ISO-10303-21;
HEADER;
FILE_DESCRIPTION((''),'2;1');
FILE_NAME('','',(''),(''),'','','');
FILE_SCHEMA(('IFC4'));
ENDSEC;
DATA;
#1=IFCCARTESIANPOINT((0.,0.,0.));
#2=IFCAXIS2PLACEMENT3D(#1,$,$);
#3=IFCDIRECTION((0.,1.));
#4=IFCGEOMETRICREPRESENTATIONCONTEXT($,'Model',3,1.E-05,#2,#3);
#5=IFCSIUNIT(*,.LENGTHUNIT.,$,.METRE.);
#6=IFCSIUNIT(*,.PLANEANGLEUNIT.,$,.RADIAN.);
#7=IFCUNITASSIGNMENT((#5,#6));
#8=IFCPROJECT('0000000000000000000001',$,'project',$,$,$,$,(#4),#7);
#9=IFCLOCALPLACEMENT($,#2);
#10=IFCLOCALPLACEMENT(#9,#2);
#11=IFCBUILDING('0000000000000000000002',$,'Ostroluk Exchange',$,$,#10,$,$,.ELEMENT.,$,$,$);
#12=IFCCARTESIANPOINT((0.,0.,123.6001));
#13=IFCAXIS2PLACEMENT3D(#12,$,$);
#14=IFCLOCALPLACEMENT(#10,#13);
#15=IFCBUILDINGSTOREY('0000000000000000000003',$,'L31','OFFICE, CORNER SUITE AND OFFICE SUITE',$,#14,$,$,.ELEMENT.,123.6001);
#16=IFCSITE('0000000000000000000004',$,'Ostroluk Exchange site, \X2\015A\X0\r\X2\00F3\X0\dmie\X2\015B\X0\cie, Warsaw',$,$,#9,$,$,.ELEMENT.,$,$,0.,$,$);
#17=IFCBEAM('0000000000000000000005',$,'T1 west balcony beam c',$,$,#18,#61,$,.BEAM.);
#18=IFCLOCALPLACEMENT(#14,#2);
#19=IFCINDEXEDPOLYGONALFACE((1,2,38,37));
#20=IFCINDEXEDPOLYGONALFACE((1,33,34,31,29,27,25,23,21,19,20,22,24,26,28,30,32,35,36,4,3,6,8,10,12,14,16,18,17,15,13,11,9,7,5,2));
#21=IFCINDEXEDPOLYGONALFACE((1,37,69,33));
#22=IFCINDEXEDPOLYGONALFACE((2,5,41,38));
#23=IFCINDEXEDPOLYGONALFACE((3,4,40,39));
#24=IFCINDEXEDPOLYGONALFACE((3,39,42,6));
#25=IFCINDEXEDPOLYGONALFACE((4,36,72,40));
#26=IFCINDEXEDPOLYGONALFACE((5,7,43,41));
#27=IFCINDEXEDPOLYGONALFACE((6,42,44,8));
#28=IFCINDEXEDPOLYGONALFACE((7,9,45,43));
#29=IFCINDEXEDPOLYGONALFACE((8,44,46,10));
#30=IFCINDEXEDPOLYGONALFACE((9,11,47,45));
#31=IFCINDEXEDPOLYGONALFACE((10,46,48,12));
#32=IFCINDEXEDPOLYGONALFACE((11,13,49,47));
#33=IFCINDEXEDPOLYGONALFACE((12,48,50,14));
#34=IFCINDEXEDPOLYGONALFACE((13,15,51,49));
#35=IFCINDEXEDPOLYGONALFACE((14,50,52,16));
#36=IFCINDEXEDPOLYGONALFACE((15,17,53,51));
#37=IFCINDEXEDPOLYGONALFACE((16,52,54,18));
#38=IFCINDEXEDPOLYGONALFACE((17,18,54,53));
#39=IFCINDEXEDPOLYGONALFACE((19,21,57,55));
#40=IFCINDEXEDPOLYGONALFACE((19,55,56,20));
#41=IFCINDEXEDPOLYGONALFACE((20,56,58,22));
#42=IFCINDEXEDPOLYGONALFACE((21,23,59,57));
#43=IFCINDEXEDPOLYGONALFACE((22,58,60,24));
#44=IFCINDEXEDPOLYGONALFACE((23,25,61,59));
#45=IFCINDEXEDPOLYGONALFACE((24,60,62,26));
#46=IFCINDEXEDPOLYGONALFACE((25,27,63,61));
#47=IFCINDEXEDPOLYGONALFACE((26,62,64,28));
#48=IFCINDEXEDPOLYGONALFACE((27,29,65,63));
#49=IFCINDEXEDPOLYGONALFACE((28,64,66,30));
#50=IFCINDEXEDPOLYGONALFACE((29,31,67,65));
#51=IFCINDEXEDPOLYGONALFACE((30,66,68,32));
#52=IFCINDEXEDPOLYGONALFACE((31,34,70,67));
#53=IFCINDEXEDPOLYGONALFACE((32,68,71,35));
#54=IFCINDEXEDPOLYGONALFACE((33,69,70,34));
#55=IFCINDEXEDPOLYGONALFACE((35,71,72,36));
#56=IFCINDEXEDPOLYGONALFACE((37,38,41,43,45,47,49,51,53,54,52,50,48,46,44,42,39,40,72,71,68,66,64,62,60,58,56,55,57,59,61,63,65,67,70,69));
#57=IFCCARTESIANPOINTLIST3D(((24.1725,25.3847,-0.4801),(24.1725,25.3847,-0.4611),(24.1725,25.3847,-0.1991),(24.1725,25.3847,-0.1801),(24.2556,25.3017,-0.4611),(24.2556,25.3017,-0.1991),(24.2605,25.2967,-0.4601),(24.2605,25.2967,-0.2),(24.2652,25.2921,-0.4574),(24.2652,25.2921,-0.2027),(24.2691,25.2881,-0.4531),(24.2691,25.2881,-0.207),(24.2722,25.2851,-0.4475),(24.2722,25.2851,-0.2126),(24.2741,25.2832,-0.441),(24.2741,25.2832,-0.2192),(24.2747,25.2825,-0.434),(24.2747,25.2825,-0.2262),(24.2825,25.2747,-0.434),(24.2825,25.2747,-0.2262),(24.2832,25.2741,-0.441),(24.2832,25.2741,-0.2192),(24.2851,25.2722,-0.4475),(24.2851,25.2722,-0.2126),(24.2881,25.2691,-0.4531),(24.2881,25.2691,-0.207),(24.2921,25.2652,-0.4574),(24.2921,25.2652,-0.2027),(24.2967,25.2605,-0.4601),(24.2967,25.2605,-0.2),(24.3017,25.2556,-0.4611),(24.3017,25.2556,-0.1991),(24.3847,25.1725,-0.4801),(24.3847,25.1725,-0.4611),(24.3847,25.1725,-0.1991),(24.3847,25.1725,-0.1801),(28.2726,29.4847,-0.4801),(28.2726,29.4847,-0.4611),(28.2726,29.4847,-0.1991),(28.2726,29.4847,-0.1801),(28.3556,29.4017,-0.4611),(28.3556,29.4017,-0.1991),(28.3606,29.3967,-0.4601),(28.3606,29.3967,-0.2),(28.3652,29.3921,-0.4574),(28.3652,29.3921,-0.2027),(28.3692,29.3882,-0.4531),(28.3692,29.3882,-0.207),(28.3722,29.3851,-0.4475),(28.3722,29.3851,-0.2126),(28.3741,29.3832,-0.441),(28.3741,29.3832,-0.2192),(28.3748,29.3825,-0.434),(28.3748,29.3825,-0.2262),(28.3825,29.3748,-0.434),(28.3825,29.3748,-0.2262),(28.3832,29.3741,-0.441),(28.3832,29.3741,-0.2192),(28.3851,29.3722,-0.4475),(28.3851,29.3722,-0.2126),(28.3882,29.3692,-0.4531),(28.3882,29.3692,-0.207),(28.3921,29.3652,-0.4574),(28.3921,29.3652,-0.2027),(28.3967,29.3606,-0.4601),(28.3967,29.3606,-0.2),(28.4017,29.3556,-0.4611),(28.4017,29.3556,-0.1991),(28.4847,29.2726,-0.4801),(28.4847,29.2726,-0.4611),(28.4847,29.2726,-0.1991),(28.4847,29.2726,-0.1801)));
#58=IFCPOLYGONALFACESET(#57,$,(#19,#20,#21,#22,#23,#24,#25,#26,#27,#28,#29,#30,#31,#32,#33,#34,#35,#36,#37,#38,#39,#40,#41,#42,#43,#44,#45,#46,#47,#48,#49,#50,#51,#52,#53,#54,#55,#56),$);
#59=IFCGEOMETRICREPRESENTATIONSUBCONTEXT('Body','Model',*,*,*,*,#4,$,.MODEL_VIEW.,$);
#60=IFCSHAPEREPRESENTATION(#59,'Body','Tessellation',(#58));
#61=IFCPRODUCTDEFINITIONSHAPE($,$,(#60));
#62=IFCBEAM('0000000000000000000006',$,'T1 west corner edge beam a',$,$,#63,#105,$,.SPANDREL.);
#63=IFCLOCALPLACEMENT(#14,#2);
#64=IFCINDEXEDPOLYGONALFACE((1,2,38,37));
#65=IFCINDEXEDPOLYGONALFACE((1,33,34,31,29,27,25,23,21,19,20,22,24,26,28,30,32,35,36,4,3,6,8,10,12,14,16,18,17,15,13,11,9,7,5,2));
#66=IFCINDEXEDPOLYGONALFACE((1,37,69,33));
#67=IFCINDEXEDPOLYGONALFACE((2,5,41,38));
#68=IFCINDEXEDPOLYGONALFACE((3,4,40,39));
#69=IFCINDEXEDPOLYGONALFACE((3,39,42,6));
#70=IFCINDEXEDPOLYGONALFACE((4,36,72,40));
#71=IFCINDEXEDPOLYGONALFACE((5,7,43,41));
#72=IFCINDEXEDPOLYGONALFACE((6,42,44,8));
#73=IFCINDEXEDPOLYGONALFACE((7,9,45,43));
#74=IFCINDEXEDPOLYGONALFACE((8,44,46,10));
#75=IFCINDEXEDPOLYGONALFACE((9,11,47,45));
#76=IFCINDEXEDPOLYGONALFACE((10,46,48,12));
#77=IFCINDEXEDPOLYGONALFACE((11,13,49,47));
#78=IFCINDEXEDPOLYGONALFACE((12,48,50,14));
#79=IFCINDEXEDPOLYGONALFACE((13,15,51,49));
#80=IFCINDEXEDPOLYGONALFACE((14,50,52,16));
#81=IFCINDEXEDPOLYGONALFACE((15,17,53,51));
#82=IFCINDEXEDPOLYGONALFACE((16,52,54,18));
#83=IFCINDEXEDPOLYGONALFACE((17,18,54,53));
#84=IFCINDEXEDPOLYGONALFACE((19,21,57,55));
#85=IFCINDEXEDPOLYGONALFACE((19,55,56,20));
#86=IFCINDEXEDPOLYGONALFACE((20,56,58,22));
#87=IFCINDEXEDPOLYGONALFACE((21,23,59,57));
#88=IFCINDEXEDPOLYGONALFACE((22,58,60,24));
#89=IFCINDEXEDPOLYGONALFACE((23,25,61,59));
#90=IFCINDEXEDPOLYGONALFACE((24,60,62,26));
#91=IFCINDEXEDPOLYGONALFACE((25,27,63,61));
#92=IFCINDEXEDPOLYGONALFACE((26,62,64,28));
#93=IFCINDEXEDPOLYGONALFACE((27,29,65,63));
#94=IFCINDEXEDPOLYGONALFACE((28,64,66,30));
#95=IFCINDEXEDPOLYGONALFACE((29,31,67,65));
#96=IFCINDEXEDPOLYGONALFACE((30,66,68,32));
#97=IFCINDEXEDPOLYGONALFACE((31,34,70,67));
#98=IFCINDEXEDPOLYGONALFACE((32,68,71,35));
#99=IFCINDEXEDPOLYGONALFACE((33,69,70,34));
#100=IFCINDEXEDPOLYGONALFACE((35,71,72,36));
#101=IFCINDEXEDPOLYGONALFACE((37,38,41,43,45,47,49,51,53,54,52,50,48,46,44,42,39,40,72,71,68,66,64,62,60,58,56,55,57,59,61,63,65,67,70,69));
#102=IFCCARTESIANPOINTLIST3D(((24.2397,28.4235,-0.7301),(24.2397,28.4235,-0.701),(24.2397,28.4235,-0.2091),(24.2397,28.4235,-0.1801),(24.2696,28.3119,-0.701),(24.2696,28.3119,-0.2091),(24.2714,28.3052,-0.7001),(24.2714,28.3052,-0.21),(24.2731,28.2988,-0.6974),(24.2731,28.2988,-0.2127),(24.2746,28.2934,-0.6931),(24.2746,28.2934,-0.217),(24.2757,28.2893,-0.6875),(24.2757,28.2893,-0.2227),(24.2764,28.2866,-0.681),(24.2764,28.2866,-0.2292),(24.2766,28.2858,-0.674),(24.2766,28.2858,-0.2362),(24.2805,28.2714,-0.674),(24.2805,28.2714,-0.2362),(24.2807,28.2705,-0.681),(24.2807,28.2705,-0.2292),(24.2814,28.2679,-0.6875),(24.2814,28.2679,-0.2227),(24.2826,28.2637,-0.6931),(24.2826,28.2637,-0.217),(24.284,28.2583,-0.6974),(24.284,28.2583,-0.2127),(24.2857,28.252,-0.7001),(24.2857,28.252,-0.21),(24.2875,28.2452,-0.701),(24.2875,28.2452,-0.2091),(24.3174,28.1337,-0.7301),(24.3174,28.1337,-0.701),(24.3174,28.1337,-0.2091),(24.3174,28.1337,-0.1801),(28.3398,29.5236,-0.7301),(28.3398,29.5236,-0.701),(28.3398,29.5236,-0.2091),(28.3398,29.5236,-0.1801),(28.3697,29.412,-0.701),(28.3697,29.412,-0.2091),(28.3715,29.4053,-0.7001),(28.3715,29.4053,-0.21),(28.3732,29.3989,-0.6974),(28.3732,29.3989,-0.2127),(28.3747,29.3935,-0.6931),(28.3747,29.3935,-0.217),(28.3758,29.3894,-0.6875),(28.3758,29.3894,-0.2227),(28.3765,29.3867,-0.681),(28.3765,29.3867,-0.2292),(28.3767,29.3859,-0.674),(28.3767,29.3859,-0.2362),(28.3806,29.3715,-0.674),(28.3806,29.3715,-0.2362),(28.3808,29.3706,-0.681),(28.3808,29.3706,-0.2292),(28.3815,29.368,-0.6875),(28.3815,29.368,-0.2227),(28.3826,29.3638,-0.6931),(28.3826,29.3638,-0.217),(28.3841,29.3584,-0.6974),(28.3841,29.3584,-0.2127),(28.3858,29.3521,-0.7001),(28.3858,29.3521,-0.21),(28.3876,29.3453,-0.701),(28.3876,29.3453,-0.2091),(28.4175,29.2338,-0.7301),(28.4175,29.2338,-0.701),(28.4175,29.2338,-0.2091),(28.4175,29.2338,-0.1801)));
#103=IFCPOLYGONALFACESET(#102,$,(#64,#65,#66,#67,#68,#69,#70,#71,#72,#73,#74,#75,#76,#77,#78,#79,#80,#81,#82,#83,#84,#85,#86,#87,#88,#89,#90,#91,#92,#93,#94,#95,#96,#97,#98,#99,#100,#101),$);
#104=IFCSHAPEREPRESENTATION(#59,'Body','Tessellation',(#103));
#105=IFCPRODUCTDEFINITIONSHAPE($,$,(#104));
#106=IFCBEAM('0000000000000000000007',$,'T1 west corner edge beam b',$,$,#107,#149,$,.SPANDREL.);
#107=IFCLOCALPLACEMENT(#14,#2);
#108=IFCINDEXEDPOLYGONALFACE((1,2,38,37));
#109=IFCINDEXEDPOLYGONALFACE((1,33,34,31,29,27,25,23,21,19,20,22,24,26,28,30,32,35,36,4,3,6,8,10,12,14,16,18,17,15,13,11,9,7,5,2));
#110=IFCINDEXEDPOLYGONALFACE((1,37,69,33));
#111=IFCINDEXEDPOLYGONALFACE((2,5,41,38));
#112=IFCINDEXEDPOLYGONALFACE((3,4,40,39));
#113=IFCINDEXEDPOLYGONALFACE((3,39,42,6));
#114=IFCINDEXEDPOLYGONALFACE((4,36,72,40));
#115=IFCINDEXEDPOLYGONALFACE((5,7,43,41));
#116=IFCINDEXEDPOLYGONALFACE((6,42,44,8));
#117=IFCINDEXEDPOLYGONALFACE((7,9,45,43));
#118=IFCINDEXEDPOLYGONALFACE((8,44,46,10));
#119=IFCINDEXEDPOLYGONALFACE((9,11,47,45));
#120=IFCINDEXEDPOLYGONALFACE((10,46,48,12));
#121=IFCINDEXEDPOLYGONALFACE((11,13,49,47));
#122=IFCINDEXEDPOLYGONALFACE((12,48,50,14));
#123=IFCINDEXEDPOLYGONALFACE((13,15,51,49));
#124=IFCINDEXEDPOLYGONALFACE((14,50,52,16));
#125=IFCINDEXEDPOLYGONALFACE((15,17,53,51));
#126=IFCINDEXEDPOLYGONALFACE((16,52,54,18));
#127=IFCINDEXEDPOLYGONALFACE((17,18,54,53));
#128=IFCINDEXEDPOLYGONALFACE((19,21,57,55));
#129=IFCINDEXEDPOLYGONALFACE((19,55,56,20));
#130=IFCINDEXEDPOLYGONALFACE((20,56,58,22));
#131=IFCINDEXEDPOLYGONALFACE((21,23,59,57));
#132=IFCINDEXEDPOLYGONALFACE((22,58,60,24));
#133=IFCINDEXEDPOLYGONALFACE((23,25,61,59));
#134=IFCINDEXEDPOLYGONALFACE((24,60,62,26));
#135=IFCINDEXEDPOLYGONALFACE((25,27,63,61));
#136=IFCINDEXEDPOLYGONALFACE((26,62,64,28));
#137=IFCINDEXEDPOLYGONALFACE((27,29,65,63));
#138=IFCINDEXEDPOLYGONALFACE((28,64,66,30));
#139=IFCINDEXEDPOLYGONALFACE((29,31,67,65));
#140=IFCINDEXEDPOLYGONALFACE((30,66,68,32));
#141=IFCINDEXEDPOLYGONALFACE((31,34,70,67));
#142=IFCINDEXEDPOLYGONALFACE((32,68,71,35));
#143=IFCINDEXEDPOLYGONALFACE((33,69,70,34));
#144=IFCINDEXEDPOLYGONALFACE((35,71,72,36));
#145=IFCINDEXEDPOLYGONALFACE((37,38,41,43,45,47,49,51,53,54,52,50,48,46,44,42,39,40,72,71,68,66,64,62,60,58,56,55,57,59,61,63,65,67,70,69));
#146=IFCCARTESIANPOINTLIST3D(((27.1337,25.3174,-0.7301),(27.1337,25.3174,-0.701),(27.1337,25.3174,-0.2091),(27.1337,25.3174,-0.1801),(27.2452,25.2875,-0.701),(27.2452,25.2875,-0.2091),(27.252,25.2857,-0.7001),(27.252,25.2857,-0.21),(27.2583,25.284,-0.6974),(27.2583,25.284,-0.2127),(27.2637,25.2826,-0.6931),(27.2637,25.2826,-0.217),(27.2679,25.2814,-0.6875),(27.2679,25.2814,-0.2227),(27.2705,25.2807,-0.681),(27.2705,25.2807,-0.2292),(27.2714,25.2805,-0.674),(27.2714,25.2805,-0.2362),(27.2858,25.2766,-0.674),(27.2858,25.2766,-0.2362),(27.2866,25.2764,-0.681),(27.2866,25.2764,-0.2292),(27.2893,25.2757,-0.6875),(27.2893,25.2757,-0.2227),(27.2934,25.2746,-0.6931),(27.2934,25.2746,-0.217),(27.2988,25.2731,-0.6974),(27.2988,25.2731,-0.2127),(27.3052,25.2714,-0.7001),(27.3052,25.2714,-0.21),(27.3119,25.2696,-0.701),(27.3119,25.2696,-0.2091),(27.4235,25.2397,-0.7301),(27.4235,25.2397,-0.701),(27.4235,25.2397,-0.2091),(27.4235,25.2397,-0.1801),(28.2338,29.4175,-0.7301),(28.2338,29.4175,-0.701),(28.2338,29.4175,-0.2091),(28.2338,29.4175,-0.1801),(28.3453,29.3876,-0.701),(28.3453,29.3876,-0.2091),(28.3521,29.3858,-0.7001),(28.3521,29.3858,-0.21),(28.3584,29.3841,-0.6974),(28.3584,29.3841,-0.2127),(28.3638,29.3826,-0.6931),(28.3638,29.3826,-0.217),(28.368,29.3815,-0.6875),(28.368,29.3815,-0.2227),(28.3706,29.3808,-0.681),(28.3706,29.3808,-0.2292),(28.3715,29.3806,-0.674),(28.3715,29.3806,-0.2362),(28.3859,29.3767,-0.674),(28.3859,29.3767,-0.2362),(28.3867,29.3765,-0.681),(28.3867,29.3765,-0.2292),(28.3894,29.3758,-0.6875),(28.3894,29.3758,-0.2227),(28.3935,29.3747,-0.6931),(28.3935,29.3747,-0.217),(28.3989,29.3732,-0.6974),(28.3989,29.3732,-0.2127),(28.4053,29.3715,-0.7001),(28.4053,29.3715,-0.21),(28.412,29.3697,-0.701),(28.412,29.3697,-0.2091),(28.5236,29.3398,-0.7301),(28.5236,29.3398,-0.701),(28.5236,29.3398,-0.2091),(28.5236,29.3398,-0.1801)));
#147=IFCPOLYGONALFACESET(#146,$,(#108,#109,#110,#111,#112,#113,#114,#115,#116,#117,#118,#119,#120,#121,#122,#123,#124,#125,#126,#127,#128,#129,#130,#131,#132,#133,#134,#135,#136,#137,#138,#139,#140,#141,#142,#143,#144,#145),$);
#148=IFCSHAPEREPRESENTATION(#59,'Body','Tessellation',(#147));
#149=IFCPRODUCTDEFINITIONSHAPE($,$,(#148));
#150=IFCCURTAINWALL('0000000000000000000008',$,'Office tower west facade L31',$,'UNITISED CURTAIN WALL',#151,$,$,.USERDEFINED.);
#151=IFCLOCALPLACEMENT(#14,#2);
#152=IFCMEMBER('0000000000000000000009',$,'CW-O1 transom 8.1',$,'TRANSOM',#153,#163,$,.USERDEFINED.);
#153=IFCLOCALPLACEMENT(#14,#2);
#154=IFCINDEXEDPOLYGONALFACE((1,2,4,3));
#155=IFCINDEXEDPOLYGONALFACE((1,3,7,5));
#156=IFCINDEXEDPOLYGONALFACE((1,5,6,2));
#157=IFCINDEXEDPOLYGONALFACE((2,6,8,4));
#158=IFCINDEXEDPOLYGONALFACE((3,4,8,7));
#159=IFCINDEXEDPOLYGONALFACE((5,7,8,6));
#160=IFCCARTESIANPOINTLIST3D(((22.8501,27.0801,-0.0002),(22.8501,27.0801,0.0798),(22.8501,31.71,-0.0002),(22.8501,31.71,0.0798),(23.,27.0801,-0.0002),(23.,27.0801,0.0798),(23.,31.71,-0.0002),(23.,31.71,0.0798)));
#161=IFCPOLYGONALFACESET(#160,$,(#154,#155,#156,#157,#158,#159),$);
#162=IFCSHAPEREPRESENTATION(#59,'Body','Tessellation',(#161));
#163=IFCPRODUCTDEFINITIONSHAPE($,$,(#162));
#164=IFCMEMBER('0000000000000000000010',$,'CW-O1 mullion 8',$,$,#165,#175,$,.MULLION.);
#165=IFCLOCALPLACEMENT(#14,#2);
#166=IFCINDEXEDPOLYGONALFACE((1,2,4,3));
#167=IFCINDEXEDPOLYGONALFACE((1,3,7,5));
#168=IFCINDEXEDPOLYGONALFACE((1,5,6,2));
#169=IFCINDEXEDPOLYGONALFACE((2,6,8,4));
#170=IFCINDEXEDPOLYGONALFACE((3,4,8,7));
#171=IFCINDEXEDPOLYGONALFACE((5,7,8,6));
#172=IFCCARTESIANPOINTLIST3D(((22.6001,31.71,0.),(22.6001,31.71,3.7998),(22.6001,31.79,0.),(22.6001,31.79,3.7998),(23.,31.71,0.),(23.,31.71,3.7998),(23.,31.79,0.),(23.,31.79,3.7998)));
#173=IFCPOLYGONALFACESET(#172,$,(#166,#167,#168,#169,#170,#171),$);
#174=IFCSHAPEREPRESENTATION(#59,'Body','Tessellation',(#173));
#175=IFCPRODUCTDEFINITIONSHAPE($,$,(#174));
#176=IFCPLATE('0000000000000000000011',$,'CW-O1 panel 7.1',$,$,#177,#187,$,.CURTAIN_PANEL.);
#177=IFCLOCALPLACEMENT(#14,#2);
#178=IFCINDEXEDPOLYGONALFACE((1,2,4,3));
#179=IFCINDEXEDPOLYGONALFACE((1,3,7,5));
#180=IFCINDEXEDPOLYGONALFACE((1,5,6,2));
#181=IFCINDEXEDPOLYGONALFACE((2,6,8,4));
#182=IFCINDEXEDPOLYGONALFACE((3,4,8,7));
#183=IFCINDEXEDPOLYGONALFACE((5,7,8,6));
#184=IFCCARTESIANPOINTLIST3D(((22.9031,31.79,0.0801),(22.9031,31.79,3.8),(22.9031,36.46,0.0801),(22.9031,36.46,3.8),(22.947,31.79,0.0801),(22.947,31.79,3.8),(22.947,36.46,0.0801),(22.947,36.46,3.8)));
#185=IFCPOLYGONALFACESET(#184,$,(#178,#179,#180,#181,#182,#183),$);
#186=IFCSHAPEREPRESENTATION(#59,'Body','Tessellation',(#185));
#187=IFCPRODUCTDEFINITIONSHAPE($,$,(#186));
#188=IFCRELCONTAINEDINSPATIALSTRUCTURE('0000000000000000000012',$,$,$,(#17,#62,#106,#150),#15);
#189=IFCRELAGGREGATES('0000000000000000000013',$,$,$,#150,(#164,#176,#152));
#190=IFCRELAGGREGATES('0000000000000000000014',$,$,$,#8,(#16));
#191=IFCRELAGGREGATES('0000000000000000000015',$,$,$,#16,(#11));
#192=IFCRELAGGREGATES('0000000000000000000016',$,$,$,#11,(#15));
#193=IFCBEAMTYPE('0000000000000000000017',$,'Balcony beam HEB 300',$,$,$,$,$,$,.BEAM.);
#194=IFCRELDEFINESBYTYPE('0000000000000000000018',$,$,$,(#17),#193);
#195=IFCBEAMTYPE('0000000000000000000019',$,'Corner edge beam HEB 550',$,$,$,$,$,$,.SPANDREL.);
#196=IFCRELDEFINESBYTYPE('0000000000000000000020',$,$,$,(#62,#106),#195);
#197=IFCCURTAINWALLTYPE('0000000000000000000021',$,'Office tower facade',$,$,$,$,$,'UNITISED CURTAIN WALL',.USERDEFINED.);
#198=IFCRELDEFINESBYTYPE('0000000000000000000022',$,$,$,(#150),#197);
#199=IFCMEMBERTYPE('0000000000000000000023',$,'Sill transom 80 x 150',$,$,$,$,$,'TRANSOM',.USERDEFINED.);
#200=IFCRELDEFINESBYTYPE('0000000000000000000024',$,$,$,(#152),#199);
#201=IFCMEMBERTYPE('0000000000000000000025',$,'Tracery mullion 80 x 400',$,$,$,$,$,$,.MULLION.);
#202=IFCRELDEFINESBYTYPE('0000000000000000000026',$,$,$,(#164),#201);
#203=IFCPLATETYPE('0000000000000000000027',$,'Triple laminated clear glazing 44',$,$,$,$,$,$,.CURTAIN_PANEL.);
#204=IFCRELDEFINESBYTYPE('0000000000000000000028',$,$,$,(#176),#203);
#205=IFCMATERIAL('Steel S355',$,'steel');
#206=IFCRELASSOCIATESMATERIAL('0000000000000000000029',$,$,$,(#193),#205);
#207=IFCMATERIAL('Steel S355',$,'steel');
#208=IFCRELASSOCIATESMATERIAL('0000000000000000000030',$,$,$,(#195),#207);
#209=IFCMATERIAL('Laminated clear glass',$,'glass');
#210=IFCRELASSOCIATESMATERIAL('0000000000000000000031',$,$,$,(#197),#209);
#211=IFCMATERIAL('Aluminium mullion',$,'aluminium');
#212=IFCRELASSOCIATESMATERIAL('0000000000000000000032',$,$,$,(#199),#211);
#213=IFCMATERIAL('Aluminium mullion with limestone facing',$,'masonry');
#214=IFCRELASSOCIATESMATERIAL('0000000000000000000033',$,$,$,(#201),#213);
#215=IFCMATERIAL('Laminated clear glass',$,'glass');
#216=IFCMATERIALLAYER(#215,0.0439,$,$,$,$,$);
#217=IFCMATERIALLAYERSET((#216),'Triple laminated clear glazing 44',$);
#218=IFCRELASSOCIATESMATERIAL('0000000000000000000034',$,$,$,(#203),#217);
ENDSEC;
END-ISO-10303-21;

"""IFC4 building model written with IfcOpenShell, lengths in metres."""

from ifc_helpers import new_model, si_unit, direction, frame, origin, origin_2d, place, context, subcontext, project, spatial, rectangle, i_section, extrude, material, layer, layer_set, material_profile, profile_set, type_object, element, aggregate, save


model = new_model("IFC4")

# Units and contexts
model_context = context("Model", 3, precision=1e-05, world=origin(), true_north=direction((0.0, 1.0)))
body_context = subcontext(model_context, "Body", "Model", "MODEL_VIEW")
ifc_project = project(units=[si_unit("LENGTHUNIT", "METRE"), si_unit("PLANEANGLEUNIT", "RADIAN")], contexts=[model_context])

# Site, building, storey
site_placement = place(None, origin())
site = spatial("IfcSite", under=ifc_project, at=site_placement, Name="Ostroluk Exchange site, Śródmieście, Warsaw", CompositionType="ELEMENT", RefElevation=0.0)
building_placement = place(site_placement, origin())
building = spatial("IfcBuilding", under=site, at=building_placement, Name="Ostroluk Exchange", CompositionType="ELEMENT")
storey_placement = place(building_placement, frame((0.0, 0.0, 123.6001)))
storey = spatial("IfcBuildingStorey", under=building, at=storey_placement, Name="L31", Description="OFFICE, CORNER SUITE AND OFFICE SUITE", CompositionType="ELEMENT", Elevation=123.6001)

# Beams
ifc_material_1 = material(Name="Steel S355", Category="steel")
ifc_material_profile_1 = material_profile(ifc_material_1, i_section(OverallWidth=0.3, OverallDepth=0.3, WebThickness=0.011, FlangeThickness=0.019, FilletRadius=0.0271, at=origin_2d()), Name="HEB 300")
ifc_profile_set_1 = profile_set([ifc_material_profile_1], Name="Steel S355")
beam_type_1 = type_object("IfcBeamType", Name="Balcony beam HEB 300", PredefinedType="BEAM", material=ifc_profile_set_1)
beam_placement = place(storey_placement, frame((28.3787, 29.3787, -0.3301), z_axis=(-0.707107, -0.707107, 0.0), x_axis=(0.707107, -0.707107, 0.0)))
element("IfcBeam", 1, at=beam_placement, inside=storey, type_object=beam_type_1, Name="T1 west balcony beam c", PredefinedType="BEAM", context=body_context, shape_type="SweptSolid", body=[
    extrude(i_section(OverallWidth=0.3, OverallDepth=0.3, WebThickness=0.011, FlangeThickness=0.019, FilletRadius=0.0271, at=origin_2d()), origin(), (0.0, 0.0, 1.0), 5.7983),
])
ifc_material_2 = material(Name="Steel S355", Category="steel")
ifc_material_profile_2 = material_profile(ifc_material_2, i_section(OverallWidth=0.3, OverallDepth=0.55, WebThickness=0.0149, FlangeThickness=0.0291, FilletRadius=0.0271, at=origin_2d()), Name="HEB 550")
ifc_profile_set_2 = profile_set([ifc_material_profile_2], Name="Steel S355")
beam_type_2 = type_object("IfcBeamType", Name="Corner edge beam HEB 550", PredefinedType="SPANDREL", material=ifc_profile_set_2)
for number, where, z_axis, x_axis, name in (
    (2, (28.3787, 29.3787, -0.4551), (-0.965839, -0.259144, 0.0), (0.259144, -0.965839, 0.0), "T1 west corner edge beam a"),
    (3, (28.3787, 29.3787, -0.4551), (-0.259144, -0.965839, 0.0), (0.965839, -0.259144, 0.0), "T1 west corner edge beam b"),
):
    element("IfcBeam", number, at=place(storey_placement, frame(where, z_axis=z_axis, x_axis=x_axis)), inside=storey, type_object=beam_type_2, Name=name, PredefinedType="SPANDREL", context=body_context, shape_type="SweptSolid", body=[
        extrude(i_section(OverallWidth=0.3, OverallDepth=0.55, WebThickness=0.0149, FlangeThickness=0.0291, FilletRadius=0.0271, at=origin_2d()), origin(), (0.0, 0.0, 1.0), 4.2451),
    ])

# Curtain wall, members, plate
ifc_material_3 = material(Name="Laminated clear glass", Category="glass")
curtain_wall_type = type_object("IfcCurtainWallType", Name="Office tower facade", ElementType="UNITISED CURTAIN WALL", PredefinedType="USERDEFINED", material=ifc_material_3)
curtain_wall_placement = place(storey_placement, origin())
curtain_wall = element("IfcCurtainWall", 4, at=curtain_wall_placement, inside=storey, type_object=curtain_wall_type, Name="Office tower west facade L31", ObjectType="UNITISED CURTAIN WALL", PredefinedType="USERDEFINED")
ifc_material_4 = material(Name="Aluminium mullion", Category="aluminium")
ifc_material_profile_3 = material_profile(ifc_material_4, rectangle(XDim=0.1499, YDim=0.0801, at=origin_2d()), Name="Sill transom 80 x 150")
ifc_profile_set_3 = profile_set([ifc_material_profile_3], Name="Aluminium mullion")
member_type_1 = type_object("IfcMemberType", Name="Sill transom 80 x 150", ElementType="TRANSOM", PredefinedType="USERDEFINED", material=ifc_profile_set_3)
member_1_placement = place(storey_placement, frame((22.925, 31.71, 0.0398), z_axis=(0.0, -1.0, 0.0), x_axis=(1.0, 0.0, 0.0)))
member_1 = element("IfcMember", 5, at=member_1_placement, type_object=member_type_1, Name="CW-O1 transom 8.1", ObjectType="TRANSOM", PredefinedType="USERDEFINED", context=body_context, shape_type="SweptSolid", body=[
    extrude(rectangle(XDim=0.1499, YDim=0.0801, at=origin_2d()), origin(), (0.0, 0.0, 1.0), 4.6299),
])
ifc_material_5 = material(Name="Aluminium mullion with limestone facing", Category="masonry")
ifc_material_profile_4 = material_profile(ifc_material_5, rectangle(XDim=0.3999, YDim=0.0801, at=origin_2d()), Name="Tracery mullion 80 x 400")
ifc_profile_set_4 = profile_set([ifc_material_profile_4], Name="Aluminium mullion with limestone facing")
member_type_2 = type_object("IfcMemberType", Name="Tracery mullion 80 x 400", PredefinedType="MULLION", material=ifc_profile_set_4)
member_2_placement = place(storey_placement, frame((22.8, 31.75, 0.0), z_axis=(0.0, 0.0, 1.0), x_axis=(1.0, 0.0, 0.0)))
member_2 = element("IfcMember", 6, at=member_2_placement, type_object=member_type_2, Name="CW-O1 mullion 8", PredefinedType="MULLION", context=body_context, shape_type="SweptSolid", body=[
    extrude(rectangle(XDim=0.3999, YDim=0.0801, at=origin_2d()), origin(), (0.0, 0.0, 1.0), 3.7998),
])
ifc_material_6 = material(Name="Laminated clear glass", Category="glass")
ifc_layer_1 = layer(ifc_material_6, 0.0439)
ifc_layer_set_1 = layer_set([ifc_layer_1], Name="Triple laminated clear glazing 44")
plate_type = type_object("IfcPlateType", Name="Triple laminated clear glazing 44", PredefinedType="CURTAIN_PANEL", material=ifc_layer_set_1)
plate_1_placement = place(storey_placement, frame((22.925, 34.125, 0.0801), z_axis=(0.0, 0.0, 1.0), x_axis=(0.0, -1.0, 0.0)))
plate_1 = element("IfcPlate", 7, at=plate_1_placement, type_object=plate_type, Name="CW-O1 panel 7.1", PredefinedType="CURTAIN_PANEL", context=body_context, shape_type="SweptSolid", body=[
    extrude(rectangle(XDim=4.6699, YDim=0.0439, at=origin_2d()), origin(), (0.0, 0.0, 1.0), 3.72),
])
aggregate(curtain_wall, [member_2, plate_1, member_1])

save(model, "model.ifc")
